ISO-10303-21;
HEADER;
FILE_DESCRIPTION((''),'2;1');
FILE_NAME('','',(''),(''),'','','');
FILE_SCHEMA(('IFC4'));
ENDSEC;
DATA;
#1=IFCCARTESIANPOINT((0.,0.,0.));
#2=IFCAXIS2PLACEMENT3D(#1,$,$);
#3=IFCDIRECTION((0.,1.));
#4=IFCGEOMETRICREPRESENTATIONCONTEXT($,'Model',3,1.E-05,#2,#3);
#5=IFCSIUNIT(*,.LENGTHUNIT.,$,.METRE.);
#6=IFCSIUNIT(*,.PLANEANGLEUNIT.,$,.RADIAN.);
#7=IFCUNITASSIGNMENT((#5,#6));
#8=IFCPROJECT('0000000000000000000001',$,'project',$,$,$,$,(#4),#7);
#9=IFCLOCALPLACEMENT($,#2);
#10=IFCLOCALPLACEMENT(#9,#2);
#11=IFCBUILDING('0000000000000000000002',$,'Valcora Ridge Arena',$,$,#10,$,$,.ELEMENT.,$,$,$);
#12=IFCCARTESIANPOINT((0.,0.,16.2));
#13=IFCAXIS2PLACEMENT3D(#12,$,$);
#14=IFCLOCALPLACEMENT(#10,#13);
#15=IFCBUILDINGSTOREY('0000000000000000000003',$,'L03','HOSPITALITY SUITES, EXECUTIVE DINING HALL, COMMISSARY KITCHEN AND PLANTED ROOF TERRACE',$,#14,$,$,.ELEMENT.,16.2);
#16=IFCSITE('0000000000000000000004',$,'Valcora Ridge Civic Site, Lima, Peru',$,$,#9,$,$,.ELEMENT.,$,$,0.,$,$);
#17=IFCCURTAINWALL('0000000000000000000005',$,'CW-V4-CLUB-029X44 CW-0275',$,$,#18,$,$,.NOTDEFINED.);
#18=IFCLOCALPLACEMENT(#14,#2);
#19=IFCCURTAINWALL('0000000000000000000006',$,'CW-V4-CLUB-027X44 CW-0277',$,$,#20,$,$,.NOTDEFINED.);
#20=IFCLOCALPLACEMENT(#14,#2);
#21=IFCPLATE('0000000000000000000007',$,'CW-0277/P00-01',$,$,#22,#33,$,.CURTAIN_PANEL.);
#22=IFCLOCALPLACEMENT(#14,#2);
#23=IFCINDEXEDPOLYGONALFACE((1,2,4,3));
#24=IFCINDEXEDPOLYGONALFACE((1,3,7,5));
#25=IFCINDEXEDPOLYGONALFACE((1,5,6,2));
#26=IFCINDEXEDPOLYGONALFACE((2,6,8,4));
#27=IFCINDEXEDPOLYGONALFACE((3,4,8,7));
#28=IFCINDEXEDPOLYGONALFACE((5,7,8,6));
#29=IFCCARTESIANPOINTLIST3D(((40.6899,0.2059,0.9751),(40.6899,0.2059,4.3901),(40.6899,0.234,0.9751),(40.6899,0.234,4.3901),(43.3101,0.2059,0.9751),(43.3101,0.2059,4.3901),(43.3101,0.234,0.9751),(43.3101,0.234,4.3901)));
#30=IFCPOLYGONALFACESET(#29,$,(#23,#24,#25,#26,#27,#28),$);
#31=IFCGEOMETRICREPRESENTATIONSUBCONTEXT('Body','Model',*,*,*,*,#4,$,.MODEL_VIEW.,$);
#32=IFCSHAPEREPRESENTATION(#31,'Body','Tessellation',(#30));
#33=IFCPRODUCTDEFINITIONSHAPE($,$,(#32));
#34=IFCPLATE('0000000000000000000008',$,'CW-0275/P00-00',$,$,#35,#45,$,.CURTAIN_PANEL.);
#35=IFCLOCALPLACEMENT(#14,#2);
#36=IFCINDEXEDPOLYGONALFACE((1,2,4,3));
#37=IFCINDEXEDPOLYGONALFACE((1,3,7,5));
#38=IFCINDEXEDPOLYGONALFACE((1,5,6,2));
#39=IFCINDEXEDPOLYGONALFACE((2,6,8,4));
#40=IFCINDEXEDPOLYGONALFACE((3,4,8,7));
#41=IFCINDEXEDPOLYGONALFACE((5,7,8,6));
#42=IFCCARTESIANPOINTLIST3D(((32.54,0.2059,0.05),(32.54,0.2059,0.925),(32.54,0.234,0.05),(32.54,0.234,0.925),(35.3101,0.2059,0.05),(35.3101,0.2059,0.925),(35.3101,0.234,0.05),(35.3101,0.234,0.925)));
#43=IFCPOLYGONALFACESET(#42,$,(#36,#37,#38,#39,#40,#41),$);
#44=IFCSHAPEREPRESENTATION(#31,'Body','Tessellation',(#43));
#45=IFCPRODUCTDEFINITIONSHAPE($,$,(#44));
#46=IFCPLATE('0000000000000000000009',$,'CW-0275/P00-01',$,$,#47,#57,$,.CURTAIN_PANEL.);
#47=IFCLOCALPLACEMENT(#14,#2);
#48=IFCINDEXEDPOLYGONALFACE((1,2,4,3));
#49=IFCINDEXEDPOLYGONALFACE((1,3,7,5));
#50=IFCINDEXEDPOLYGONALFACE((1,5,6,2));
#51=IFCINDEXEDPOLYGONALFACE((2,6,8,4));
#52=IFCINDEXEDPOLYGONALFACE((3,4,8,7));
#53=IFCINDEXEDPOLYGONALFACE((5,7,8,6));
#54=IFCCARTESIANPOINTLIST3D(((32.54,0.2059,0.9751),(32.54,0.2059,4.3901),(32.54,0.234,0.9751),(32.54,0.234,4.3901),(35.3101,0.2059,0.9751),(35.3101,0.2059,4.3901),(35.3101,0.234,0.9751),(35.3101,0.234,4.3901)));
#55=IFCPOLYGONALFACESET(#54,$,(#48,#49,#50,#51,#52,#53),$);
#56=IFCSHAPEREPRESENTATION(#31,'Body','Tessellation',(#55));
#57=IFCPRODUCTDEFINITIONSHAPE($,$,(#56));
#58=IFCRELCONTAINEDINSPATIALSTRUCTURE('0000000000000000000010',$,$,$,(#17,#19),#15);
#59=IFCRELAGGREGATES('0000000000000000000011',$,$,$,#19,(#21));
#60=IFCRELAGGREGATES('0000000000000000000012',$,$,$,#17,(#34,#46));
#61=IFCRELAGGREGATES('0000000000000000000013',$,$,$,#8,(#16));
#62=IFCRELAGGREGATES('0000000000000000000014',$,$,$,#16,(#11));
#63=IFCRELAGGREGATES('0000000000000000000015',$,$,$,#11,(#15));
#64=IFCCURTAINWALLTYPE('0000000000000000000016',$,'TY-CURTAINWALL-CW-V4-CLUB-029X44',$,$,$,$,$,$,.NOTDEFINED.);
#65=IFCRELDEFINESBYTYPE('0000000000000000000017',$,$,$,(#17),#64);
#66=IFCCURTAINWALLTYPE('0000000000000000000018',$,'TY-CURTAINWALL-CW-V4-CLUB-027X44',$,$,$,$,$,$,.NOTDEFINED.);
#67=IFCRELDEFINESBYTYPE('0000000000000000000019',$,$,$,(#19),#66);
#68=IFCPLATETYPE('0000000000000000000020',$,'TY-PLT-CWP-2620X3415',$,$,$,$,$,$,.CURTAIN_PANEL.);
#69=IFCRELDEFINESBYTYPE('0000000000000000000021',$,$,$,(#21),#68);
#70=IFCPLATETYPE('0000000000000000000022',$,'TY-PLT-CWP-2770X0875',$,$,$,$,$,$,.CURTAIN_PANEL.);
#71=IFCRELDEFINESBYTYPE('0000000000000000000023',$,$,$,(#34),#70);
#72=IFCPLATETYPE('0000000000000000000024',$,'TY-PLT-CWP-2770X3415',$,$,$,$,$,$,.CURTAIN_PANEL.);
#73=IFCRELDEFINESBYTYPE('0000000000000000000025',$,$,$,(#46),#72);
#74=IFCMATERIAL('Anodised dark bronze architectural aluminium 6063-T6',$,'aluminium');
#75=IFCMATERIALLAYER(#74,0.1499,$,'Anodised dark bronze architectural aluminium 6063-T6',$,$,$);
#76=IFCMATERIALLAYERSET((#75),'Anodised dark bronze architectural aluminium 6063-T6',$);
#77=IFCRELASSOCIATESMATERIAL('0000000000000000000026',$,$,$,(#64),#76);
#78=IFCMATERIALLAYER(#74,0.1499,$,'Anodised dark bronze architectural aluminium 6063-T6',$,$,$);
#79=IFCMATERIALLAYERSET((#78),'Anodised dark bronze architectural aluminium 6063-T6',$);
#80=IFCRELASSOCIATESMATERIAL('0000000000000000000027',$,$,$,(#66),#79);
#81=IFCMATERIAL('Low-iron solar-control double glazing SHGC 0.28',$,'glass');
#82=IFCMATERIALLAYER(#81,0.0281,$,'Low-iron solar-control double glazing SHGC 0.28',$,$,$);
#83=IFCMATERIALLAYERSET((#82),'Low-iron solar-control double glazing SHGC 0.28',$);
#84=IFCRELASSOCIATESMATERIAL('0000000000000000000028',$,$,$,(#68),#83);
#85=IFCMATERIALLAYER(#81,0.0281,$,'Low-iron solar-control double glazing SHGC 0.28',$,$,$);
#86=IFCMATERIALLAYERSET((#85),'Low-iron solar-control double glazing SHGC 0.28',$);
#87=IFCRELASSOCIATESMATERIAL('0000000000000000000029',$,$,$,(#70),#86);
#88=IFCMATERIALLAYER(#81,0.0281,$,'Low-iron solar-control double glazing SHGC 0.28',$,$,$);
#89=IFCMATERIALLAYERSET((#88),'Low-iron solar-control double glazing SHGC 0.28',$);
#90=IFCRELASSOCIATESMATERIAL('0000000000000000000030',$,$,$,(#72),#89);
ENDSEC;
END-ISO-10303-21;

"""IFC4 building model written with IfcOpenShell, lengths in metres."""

from ifc_helpers import new_model, si_unit, direction, frame, origin, origin_2d, place, context, subcontext, project, spatial, rectangle, extrude, material, layer, layer_set, type_object, element, aggregate, save


model = new_model("IFC4")

# Units and contexts
model_context = context("Model", 3, precision=1e-05, world=origin(), true_north=direction((0.0, 1.0)))
body_context = subcontext(model_context, "Body", "Model", "MODEL_VIEW")
ifc_project = project(units=[si_unit("LENGTHUNIT", "METRE"), si_unit("PLANEANGLEUNIT", "RADIAN")], contexts=[model_context])

# Site, building, storey
site_placement = place(None, origin())
site = spatial("IfcSite", under=ifc_project, at=site_placement, Name="Valcora Ridge Civic Site, Lima, Peru", CompositionType="ELEMENT", RefElevation=0.0)
building_placement = place(site_placement, origin())
building = spatial("IfcBuilding", under=site, at=building_placement, Name="Valcora Ridge Arena", CompositionType="ELEMENT")
storey_placement = place(building_placement, frame((0.0, 0.0, 16.2)))
storey = spatial("IfcBuildingStorey", under=building, at=storey_placement, Name="L03", Description="HOSPITALITY SUITES, EXECUTIVE DINING HALL, COMMISSARY KITCHEN AND PLANTED ROOF TERRACE", CompositionType="ELEMENT", Elevation=16.2)

# Shared definitions
ifc_material_1 = material(Name="Anodised dark bronze architectural aluminium 6063-T6", Category="aluminium")

# Curtain walls
ifc_layer_1 = layer(ifc_material_1, 0.1499, Name="Anodised dark bronze architectural aluminium 6063-T6")
ifc_layer_set_1 = layer_set([ifc_layer_1], Name="Anodised dark bronze architectural aluminium 6063-T6")
curtain_wall_type_1 = type_object("IfcCurtainWallType", Name="TY-CURTAINWALL-CW-V4-CLUB-029X44", PredefinedType="NOTDEFINED", material=ifc_layer_set_1)
curtain_wall_1_placement = place(storey_placement, origin())
curtain_wall_1 = element("IfcCurtainWall", 1, at=curtain_wall_1_placement, inside=storey, type_object=curtain_wall_type_1, Name="CW-V4-CLUB-029X44 CW-0275", PredefinedType="NOTDEFINED")
ifc_layer_2 = layer(ifc_material_1, 0.1499, Name="Anodised dark bronze architectural aluminium 6063-T6")
ifc_layer_set_2 = layer_set([ifc_layer_2], Name="Anodised dark bronze architectural aluminium 6063-T6")
curtain_wall_type_2 = type_object("IfcCurtainWallType", Name="TY-CURTAINWALL-CW-V4-CLUB-027X44", PredefinedType="NOTDEFINED", material=ifc_layer_set_2)
curtain_wall_2_placement = place(storey_placement, origin())
curtain_wall_2 = element("IfcCurtainWall", 2, at=curtain_wall_2_placement, inside=storey, type_object=curtain_wall_type_2, Name="CW-V4-CLUB-027X44 CW-0277", PredefinedType="NOTDEFINED")

# Plates
ifc_material_2 = material(Name="Low-iron solar-control double glazing SHGC 0.28", Category="glass")
ifc_layer_3 = layer(ifc_material_2, 0.0281, Name="Low-iron solar-control double glazing SHGC 0.28")
ifc_layer_set_3 = layer_set([ifc_layer_3], Name="Low-iron solar-control double glazing SHGC 0.28")
plate_type_1 = type_object("IfcPlateType", Name="TY-PLT-CWP-2620X3415", PredefinedType="CURTAIN_PANEL", material=ifc_layer_set_3)
plate_1_placement = place(storey_placement, frame((42.0, 0.22, 0.9751), z_axis=(0.0, 0.0, 1.0), x_axis=(1.0, 0.0, 0.0)))
plate_1 = element("IfcPlate", 3, at=plate_1_placement, type_object=plate_type_1, Name="CW-0277/P00-01", PredefinedType="CURTAIN_PANEL", context=body_context, shape_type="SweptSolid", body=[
    extrude(rectangle(XDim=2.6201, YDim=0.0281, at=origin_2d()), origin(), (0.0, 0.0, 1.0), 3.415),
])
aggregate(curtain_wall_2, [plate_1])
ifc_layer_4 = layer(ifc_material_2, 0.0281, Name="Low-iron solar-control double glazing SHGC 0.28")
ifc_layer_set_4 = layer_set([ifc_layer_4], Name="Low-iron solar-control double glazing SHGC 0.28")
plate_type_2 = type_object("IfcPlateType", Name="TY-PLT-CWP-2770X0875", PredefinedType="CURTAIN_PANEL", material=ifc_layer_set_4)
plate_2_placement = place(storey_placement, frame((33.925, 0.22, 0.05), z_axis=(0.0, 0.0, 1.0), x_axis=(1.0, 0.0, 0.0)))
plate_2 = element("IfcPlate", 4, at=plate_2_placement, type_object=plate_type_2, Name="CW-0275/P00-00", PredefinedType="CURTAIN_PANEL", context=body_context, shape_type="SweptSolid", body=[
    extrude(rectangle(XDim=2.77, YDim=0.0281, at=origin_2d()), origin(), (0.0, 0.0, 1.0), 0.875),
])
ifc_layer_5 = layer(ifc_material_2, 0.0281, Name="Low-iron solar-control double glazing SHGC 0.28")
ifc_layer_set_5 = layer_set([ifc_layer_5], Name="Low-iron solar-control double glazing SHGC 0.28")
plate_type_3 = type_object("IfcPlateType", Name="TY-PLT-CWP-2770X3415", PredefinedType="CURTAIN_PANEL", material=ifc_layer_set_5)
plate_3_placement = place(storey_placement, frame((33.925, 0.22, 0.9751), z_axis=(0.0, 0.0, 1.0), x_axis=(1.0, 0.0, 0.0)))
plate_3 = element("IfcPlate", 5, at=plate_3_placement, type_object=plate_type_3, Name="CW-0275/P00-01", PredefinedType="CURTAIN_PANEL", context=body_context, shape_type="SweptSolid", body=[
    extrude(rectangle(XDim=2.77, YDim=0.0281, at=origin_2d()), origin(), (0.0, 0.0, 1.0), 3.415),
])
aggregate(curtain_wall_1, [plate_2, plate_3])

save(model, "model.ifc")
